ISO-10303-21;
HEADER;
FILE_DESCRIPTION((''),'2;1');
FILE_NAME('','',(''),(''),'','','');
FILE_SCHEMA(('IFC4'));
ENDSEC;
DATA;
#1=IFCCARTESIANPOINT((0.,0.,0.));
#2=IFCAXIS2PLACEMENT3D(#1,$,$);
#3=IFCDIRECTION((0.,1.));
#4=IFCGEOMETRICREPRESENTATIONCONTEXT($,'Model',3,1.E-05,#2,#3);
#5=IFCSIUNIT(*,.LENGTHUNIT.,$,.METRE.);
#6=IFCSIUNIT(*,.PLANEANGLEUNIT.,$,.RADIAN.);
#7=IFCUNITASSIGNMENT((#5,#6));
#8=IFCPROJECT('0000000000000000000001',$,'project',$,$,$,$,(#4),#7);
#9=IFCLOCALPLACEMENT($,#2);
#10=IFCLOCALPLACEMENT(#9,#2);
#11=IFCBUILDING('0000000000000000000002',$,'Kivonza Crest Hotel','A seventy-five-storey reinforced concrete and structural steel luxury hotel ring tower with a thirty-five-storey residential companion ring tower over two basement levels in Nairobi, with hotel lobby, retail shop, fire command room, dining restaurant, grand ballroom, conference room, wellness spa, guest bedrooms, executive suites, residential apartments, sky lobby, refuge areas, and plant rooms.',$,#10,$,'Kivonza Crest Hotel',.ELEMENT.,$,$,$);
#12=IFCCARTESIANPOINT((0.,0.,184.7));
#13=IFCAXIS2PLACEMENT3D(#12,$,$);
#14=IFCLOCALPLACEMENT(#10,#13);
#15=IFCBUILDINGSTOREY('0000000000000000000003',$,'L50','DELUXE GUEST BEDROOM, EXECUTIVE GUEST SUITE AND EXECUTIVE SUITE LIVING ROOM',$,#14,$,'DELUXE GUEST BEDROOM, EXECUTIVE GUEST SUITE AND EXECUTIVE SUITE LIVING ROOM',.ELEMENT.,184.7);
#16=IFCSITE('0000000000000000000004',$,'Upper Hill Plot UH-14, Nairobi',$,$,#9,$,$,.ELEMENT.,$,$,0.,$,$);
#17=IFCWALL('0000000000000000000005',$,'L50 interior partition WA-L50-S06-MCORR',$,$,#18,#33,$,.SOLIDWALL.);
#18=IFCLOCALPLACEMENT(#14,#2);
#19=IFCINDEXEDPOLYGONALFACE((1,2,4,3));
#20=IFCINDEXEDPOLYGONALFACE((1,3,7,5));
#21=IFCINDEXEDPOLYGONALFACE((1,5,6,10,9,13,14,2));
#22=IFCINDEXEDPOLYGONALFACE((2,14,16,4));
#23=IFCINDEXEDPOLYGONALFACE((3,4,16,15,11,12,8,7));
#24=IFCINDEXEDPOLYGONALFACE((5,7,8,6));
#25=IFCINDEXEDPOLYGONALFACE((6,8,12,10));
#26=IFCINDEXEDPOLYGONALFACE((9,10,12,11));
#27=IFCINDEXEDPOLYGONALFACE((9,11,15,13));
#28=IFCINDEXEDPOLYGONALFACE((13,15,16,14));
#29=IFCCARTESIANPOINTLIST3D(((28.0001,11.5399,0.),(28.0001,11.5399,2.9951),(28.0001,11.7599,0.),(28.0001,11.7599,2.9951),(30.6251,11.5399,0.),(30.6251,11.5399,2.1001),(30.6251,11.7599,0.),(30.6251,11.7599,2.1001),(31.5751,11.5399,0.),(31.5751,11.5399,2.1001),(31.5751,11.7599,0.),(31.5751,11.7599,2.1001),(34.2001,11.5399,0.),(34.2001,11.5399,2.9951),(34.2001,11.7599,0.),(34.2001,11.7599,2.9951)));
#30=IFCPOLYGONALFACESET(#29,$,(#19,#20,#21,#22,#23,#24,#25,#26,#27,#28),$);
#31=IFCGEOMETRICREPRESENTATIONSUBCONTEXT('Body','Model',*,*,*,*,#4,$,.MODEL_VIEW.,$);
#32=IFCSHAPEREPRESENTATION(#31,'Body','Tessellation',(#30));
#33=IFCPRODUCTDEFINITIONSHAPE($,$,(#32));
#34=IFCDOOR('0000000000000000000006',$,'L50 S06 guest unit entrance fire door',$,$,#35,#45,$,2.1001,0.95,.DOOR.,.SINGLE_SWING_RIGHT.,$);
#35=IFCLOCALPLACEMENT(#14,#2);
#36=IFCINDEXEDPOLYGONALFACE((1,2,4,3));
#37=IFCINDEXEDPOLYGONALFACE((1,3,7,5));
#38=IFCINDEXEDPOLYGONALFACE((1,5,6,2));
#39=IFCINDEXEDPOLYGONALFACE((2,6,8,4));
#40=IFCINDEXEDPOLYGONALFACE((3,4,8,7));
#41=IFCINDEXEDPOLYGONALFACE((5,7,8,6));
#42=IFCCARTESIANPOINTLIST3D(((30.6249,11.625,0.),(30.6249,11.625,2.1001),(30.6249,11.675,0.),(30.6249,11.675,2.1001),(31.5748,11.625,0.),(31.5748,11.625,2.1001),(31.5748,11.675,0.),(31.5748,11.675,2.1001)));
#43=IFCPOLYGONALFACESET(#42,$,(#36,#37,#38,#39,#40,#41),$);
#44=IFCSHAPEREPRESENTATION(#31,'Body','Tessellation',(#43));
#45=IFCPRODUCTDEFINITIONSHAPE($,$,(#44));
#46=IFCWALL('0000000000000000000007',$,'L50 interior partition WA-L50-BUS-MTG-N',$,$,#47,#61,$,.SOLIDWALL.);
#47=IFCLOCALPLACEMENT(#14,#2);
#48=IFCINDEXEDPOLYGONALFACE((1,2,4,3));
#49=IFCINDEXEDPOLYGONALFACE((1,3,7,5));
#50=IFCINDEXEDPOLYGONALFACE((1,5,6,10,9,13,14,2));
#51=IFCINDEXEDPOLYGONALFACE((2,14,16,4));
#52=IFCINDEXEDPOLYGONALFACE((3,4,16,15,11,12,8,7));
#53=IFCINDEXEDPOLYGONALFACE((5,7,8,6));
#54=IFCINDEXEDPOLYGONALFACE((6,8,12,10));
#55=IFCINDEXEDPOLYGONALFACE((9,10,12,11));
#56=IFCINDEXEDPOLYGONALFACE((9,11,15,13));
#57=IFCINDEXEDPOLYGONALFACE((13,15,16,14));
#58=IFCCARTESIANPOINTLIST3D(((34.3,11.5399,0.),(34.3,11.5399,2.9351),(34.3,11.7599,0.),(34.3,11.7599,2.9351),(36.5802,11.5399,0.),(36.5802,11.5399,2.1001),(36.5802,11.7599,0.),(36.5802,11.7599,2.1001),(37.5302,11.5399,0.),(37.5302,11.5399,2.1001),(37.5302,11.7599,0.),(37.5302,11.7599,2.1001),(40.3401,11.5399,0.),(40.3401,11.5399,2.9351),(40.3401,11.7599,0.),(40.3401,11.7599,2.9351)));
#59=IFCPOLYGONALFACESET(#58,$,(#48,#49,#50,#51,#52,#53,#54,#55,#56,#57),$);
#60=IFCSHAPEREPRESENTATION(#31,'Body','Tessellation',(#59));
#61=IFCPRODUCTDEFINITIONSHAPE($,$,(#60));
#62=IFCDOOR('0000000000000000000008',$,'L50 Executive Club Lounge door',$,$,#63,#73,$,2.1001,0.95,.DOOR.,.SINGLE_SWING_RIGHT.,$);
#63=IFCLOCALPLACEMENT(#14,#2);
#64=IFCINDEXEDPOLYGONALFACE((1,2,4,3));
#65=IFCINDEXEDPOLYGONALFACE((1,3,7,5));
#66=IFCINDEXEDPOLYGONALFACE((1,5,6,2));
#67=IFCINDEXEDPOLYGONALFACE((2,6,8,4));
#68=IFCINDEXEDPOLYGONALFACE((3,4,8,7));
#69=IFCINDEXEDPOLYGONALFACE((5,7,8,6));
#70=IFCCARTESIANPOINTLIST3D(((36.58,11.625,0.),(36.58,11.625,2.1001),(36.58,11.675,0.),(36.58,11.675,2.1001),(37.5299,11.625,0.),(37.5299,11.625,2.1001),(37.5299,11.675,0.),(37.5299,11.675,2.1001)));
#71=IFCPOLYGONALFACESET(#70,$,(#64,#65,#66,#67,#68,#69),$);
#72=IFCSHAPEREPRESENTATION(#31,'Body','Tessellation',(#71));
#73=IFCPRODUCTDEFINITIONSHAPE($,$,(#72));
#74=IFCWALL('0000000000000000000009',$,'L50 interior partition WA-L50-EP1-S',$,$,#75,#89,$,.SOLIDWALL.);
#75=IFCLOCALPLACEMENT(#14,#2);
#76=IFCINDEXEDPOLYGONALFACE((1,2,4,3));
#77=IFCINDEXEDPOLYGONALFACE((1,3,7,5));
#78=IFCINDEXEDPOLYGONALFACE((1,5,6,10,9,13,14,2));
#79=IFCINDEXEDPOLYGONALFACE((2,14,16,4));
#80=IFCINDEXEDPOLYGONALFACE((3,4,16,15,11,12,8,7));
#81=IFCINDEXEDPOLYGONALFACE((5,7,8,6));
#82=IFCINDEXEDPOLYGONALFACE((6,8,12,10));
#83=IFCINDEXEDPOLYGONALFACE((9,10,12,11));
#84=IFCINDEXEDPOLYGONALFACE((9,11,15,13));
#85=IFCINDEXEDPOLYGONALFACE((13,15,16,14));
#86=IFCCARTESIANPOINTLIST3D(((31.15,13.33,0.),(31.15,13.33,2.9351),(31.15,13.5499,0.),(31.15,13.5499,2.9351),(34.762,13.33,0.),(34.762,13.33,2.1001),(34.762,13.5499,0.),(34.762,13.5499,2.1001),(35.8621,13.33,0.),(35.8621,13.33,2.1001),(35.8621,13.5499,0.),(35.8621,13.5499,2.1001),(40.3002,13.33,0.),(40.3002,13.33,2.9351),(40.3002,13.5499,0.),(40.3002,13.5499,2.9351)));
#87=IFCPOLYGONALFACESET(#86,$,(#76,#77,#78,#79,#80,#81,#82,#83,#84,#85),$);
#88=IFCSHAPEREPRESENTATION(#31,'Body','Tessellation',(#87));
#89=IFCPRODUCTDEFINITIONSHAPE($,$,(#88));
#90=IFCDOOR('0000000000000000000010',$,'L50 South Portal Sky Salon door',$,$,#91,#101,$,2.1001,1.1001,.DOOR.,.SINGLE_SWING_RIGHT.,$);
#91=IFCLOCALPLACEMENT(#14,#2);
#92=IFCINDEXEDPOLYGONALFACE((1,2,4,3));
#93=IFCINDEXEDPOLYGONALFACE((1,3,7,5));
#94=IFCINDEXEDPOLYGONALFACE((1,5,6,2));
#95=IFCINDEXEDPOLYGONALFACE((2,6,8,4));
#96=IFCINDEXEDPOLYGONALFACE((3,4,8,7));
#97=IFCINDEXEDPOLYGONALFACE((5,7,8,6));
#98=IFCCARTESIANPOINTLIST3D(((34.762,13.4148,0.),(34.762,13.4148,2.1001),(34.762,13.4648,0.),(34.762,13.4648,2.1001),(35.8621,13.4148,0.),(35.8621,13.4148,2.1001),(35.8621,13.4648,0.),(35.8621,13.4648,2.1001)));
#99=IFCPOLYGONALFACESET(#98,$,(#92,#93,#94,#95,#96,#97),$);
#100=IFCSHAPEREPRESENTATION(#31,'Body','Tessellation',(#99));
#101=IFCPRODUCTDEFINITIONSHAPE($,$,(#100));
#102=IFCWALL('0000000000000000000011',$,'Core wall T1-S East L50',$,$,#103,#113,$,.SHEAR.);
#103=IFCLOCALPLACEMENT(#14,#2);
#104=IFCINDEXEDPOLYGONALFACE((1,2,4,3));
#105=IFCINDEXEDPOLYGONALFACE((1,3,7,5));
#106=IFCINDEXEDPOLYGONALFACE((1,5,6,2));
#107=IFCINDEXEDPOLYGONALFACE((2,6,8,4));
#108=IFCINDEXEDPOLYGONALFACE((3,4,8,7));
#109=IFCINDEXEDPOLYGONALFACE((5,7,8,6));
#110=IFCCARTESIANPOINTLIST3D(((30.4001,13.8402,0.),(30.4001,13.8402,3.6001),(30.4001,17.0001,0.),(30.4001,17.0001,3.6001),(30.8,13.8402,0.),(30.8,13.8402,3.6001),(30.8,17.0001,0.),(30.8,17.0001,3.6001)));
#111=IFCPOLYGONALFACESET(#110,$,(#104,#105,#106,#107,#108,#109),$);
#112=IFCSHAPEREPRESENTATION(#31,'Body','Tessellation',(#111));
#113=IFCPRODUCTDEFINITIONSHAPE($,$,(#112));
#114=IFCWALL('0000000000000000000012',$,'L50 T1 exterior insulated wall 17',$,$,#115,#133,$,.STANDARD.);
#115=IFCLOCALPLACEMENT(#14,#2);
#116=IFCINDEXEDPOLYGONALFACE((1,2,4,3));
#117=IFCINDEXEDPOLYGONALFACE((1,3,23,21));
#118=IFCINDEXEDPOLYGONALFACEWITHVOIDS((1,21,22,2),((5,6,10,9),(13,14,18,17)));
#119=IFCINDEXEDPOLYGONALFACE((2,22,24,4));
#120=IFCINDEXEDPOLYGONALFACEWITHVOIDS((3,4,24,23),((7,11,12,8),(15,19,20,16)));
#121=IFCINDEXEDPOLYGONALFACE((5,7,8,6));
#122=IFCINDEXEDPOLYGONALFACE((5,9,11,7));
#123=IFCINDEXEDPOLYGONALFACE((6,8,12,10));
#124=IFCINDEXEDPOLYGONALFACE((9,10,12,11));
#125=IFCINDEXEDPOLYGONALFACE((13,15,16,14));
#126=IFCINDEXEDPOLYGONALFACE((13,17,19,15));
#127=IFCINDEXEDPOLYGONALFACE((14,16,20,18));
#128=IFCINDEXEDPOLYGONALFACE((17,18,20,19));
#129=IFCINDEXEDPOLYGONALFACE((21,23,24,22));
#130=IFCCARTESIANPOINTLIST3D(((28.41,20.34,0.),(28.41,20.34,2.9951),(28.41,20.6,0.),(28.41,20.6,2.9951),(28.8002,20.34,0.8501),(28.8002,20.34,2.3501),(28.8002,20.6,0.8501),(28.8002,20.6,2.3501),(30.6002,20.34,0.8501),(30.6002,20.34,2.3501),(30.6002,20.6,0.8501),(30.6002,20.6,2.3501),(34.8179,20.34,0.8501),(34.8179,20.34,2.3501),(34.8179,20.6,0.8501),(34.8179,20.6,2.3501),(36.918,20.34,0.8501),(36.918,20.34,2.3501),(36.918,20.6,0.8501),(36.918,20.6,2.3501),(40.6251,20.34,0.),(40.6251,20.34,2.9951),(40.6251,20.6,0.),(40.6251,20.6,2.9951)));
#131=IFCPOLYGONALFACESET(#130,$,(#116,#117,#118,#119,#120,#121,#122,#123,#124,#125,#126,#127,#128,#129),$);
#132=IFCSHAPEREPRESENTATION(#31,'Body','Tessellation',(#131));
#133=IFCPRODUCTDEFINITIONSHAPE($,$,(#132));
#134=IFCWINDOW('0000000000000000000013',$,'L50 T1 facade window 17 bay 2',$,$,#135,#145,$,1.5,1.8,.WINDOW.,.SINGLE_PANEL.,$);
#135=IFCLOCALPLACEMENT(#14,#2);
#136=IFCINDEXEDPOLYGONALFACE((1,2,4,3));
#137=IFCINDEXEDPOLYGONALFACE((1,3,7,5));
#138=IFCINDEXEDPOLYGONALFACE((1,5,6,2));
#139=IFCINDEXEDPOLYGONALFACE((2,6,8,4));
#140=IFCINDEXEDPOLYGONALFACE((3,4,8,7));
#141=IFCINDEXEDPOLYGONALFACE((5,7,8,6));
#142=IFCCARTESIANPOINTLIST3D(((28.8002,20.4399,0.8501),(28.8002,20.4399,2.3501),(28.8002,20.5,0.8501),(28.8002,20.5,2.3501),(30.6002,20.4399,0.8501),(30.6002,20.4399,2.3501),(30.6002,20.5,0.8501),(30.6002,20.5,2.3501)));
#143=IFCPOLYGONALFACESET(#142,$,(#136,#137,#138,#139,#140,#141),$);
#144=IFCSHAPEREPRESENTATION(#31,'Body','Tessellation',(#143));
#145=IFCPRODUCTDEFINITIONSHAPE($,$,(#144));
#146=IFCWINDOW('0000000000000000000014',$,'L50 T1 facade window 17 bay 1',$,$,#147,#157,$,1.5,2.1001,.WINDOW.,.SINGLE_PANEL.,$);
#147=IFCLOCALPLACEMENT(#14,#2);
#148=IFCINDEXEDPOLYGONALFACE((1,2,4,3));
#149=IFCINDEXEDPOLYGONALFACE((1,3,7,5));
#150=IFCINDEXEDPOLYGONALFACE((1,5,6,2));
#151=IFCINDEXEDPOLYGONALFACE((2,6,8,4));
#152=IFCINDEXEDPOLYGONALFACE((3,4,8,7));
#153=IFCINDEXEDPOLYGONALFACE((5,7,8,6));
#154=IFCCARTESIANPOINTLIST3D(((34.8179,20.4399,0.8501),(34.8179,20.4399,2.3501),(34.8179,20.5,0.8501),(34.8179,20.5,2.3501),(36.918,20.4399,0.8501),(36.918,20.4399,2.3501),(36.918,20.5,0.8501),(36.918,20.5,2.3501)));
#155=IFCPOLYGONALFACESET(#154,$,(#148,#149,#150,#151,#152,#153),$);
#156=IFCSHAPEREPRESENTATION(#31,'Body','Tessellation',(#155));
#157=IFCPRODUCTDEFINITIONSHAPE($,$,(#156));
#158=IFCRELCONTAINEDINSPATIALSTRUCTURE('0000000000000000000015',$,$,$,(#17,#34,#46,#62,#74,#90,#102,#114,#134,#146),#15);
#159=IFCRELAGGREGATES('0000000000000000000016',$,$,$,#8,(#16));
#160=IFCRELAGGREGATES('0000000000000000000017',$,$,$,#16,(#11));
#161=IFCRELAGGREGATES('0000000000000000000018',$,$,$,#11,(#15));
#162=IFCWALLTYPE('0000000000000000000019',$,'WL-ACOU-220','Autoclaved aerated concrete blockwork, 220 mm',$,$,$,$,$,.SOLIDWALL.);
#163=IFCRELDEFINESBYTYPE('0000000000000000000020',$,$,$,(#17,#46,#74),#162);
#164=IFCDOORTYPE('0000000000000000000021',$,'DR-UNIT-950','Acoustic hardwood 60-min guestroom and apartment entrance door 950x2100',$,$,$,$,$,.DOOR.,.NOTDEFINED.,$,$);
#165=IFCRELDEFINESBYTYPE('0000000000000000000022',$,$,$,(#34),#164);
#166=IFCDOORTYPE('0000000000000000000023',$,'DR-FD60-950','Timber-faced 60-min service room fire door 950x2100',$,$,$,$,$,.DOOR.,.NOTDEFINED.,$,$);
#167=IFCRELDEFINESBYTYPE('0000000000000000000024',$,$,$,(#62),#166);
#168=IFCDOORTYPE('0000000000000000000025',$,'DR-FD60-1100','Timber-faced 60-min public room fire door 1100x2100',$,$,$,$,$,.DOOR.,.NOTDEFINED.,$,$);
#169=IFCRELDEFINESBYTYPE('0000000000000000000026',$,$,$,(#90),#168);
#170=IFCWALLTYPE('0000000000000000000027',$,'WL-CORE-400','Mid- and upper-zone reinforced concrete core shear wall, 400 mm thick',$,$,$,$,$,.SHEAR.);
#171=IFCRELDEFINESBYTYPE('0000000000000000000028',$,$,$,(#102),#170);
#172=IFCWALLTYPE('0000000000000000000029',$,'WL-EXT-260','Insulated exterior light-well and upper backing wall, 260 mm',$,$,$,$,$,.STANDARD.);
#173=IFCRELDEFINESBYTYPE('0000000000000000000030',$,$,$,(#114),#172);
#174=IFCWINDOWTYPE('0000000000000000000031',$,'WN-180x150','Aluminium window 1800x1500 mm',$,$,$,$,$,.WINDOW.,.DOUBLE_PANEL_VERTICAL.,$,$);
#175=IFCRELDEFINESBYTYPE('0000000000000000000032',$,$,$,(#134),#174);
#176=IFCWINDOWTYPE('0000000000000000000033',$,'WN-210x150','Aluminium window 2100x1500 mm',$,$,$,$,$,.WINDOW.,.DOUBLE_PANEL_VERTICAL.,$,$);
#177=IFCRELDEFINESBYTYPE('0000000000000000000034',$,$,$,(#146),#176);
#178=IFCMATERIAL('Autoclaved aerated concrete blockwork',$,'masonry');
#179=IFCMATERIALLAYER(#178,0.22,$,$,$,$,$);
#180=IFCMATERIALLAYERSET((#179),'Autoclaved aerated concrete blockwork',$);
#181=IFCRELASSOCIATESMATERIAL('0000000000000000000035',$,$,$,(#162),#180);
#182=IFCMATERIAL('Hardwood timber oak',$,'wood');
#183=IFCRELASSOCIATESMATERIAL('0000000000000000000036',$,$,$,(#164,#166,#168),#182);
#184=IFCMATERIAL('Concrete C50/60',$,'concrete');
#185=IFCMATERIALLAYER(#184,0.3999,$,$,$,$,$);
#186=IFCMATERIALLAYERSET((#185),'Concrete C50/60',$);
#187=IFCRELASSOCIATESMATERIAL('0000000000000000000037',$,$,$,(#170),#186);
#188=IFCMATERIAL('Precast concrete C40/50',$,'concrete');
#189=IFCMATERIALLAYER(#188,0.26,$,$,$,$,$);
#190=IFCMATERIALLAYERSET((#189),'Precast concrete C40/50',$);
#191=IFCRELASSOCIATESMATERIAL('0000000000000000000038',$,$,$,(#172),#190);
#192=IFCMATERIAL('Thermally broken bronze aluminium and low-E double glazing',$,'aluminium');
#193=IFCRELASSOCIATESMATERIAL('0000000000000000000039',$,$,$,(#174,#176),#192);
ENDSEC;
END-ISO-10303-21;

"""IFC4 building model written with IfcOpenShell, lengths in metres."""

from ifc_helpers import new_model, si_unit, direction, frame, frame_2d, origin, place, context, subcontext, project, spatial, rectangle, extrude, material, layer, layer_set, type_object, element, fill, save


model = new_model("IFC4")

# Units and contexts
model_context = context("Model", 3, precision=1e-05, world=origin(), true_north=direction((0.0, 1.0)))
body_context = subcontext(model_context, "Body", "Model", "MODEL_VIEW")
ifc_project = project(units=[si_unit("LENGTHUNIT", "METRE"), si_unit("PLANEANGLEUNIT", "RADIAN")], contexts=[model_context])

# Site, building, storey
site_placement = place(None, origin())
site = spatial("IfcSite", under=ifc_project, at=site_placement, Name="Upper Hill Plot UH-14, Nairobi", CompositionType="ELEMENT", RefElevation=0.0)
building_placement = place(site_placement, origin())
building = spatial("IfcBuilding", under=site, at=building_placement, Name="Kivonza Crest Hotel", Description="A seventy-five-storey reinforced concrete and structural steel luxury hotel ring tower with a thirty-five-storey residential companion ring tower over two basement levels in Nairobi, with hotel lobby, retail shop, fire command room, dining restaurant, grand ballroom, conference room, wellness spa, guest bedrooms, executive suites, residential apartments, sky lobby, refuge areas, and plant rooms.", LongName="Kivonza Crest Hotel", CompositionType="ELEMENT")
storey_placement = place(building_placement, frame((0.0, 0.0, 184.7)))
storey = spatial("IfcBuildingStorey", under=building, at=storey_placement, Name="L50", Description="DELUXE GUEST BEDROOM, EXECUTIVE GUEST SUITE AND EXECUTIVE SUITE LIVING ROOM", LongName="DELUXE GUEST BEDROOM, EXECUTIVE GUEST SUITE AND EXECUTIVE SUITE LIVING ROOM", CompositionType="ELEMENT", Elevation=184.7)

# Shared definitions
ifc_material_1 = material(Name="Concrete C50/60", Category="concrete")

# Walls, openings, doors
ifc_material_2 = material(Name="Autoclaved aerated concrete blockwork", Category="masonry")
ifc_layer_1 = layer(ifc_material_2, 0.22)
ifc_layer_set_1 = layer_set([ifc_layer_1], Name="Autoclaved aerated concrete blockwork")
wall_type_1 = type_object("IfcWallType", Name="WL-ACOU-220", Description="Autoclaved aerated concrete blockwork, 220 mm", PredefinedType="SOLIDWALL", material=ifc_layer_set_1)
wall_1_placement = place(storey_placement, frame((28.0, 11.6499, 0.0), z_axis=(0.0, 0.0, 1.0), x_axis=(1.0, 0.0, 0.0)))
wall_1 = element("IfcWall", 1, at=wall_1_placement, inside=storey, type_object=wall_type_1, Name="L50 interior partition WA-L50-S06-MCORR", PredefinedType="SOLIDWALL", context=body_context, shape_type="SweptSolid", body=[
    extrude(rectangle(XDim=6.2, YDim=0.22, at=frame_2d((3.1001, 0.0))), origin(), (0.0, 0.0, 1.0), 2.9951),
])
opening_1_placement = place(wall_1_placement, frame((2.625, 0.0, 0.0)))
opening_1 = element("IfcOpeningElement", 2, at=opening_1_placement, cuts=wall_1, PredefinedType="OPENING", context=body_context, shape_type="SweptSolid", body=[
    extrude(rectangle(XDim=0.95, YDim=2.1001, at=frame_2d((0.4751, 1.05))), frame((0.0, 0.1201, 0.0), z_axis=(0.0, -1.0, 0.0), x_axis=(1.0, 0.0, 0.0)), (0.0, 0.0, 1.0), 0.24),
])
ifc_material_3 = material(Name="Hardwood timber oak", Category="wood")
door_type_1 = type_object("IfcDoorType", Name="DR-UNIT-950", Description="Acoustic hardwood 60-min guestroom and apartment entrance door 950x2100", OperationType="NOTDEFINED", PredefinedType="DOOR", material=ifc_material_3)
door_1_placement = place(opening_1_placement, frame((0.95, 0.0, 0.0), z_axis=(0.0, 0.0, 1.0), x_axis=(-1.0, 0.0, 0.0)))
door_1 = element("IfcDoor", 3, at=door_1_placement, inside=storey, type_object=door_type_1, Name="L50 S06 guest unit entrance fire door", OperationType="SINGLE_SWING_RIGHT", OverallHeight=2.1001, OverallWidth=0.95, PredefinedType="DOOR", context=body_context, shape_type="SweptSolid", body=[
    extrude(rectangle(XDim=0.95, YDim=2.1001, at=frame_2d((0.4751, 1.05))), frame((0.0, 0.0249, 0.0), z_axis=(0.0, -1.0, 0.0), x_axis=(1.0, 0.0, 0.0)), (0.0, 0.0, 1.0), 0.05),
])
fill(opening_1, door_1)
wall_2_placement = place(storey_placement, frame((34.3, 11.6499, 0.0), z_axis=(0.0, 0.0, 1.0), x_axis=(1.0, 0.0, 0.0)))
wall_2 = element("IfcWall", 4, at=wall_2_placement, inside=storey, type_object=wall_type_1, Name="L50 interior partition WA-L50-BUS-MTG-N", PredefinedType="SOLIDWALL", context=body_context, shape_type="SweptSolid", body=[
    extrude(rectangle(XDim=6.04, YDim=0.22, at=frame_2d((3.02, 0.0))), origin(), (0.0, 0.0, 1.0), 2.9351),
])
opening_2_placement = place(wall_2_placement, frame((2.28, 0.0, 0.0)))
opening_2 = element("IfcOpeningElement", 5, at=opening_2_placement, cuts=wall_2, PredefinedType="OPENING", context=body_context, shape_type="SweptSolid", body=[
    extrude(rectangle(XDim=0.95, YDim=2.1001, at=frame_2d((0.4751, 1.05))), frame((0.0, 0.1201, 0.0), z_axis=(0.0, -1.0, 0.0), x_axis=(1.0, 0.0, 0.0)), (0.0, 0.0, 1.0), 0.24),
])
door_type_2 = type_object("IfcDoorType", Name="DR-FD60-950", Description="Timber-faced 60-min service room fire door 950x2100", OperationType="NOTDEFINED", PredefinedType="DOOR", material=ifc_material_3)
door_2_placement = place(opening_2_placement, frame((0.95, 0.0, 0.0), z_axis=(0.0, 0.0, 1.0), x_axis=(-1.0, 0.0, 0.0)))
door_2 = element("IfcDoor", 6, at=door_2_placement, inside=storey, type_object=door_type_2, Name="L50 Executive Club Lounge door", OperationType="SINGLE_SWING_RIGHT", OverallHeight=2.1001, OverallWidth=0.95, PredefinedType="DOOR", context=body_context, shape_type="SweptSolid", body=[
    extrude(rectangle(XDim=0.95, YDim=2.1001, at=frame_2d((0.4751, 1.05))), frame((0.0, 0.0249, 0.0), z_axis=(0.0, -1.0, 0.0), x_axis=(1.0, 0.0, 0.0)), (0.0, 0.0, 1.0), 0.05),
])
fill(opening_2, door_2)
wall_3_placement = place(storey_placement, frame((31.1499, 13.4399, 0.0), z_axis=(0.0, 0.0, 1.0), x_axis=(1.0, 0.0, 0.0)))
wall_3 = element("IfcWall", 7, at=wall_3_placement, inside=storey, type_object=wall_type_1, Name="L50 interior partition WA-L50-EP1-S", PredefinedType="SOLIDWALL", context=body_context, shape_type="SweptSolid", body=[
    extrude(rectangle(XDim=9.1501, YDim=0.22, at=frame_2d((4.5752, 0.0))), origin(), (0.0, 0.0, 1.0), 2.9351),
])
opening_3_placement = place(wall_3_placement, frame((3.6121, 0.0, 0.0)))
opening_3 = element("IfcOpeningElement", 8, at=opening_3_placement, cuts=wall_3, PredefinedType="OPENING", context=body_context, shape_type="SweptSolid", body=[
    extrude(rectangle(XDim=1.1001, YDim=2.1001, at=frame_2d((0.55, 1.05))), frame((0.0, 0.1201, 0.0), z_axis=(0.0, -1.0, 0.0), x_axis=(1.0, 0.0, 0.0)), (0.0, 0.0, 1.0), 0.24),
])
door_type_3 = type_object("IfcDoorType", Name="DR-FD60-1100", Description="Timber-faced 60-min public room fire door 1100x2100", OperationType="NOTDEFINED", PredefinedType="DOOR", material=ifc_material_3)
door_3_placement = place(opening_3_placement, origin())
door_3 = element("IfcDoor", 9, at=door_3_placement, inside=storey, type_object=door_type_3, Name="L50 South Portal Sky Salon door", OperationType="SINGLE_SWING_RIGHT", OverallHeight=2.1001, OverallWidth=1.1001, PredefinedType="DOOR", context=body_context, shape_type="SweptSolid", body=[
    extrude(rectangle(XDim=1.1001, YDim=2.1001, at=frame_2d((0.55, 1.05))), frame((0.0, 0.0249, 0.0), z_axis=(0.0, -1.0, 0.0), x_axis=(1.0, 0.0, 0.0)), (0.0, 0.0, 1.0), 0.05),
])
fill(opening_3, door_3)

# Wall
ifc_layer_2 = layer(ifc_material_1, 0.3999)
ifc_layer_set_2 = layer_set([ifc_layer_2], Name="Concrete C50/60")
wall_type_2 = type_object("IfcWallType", Name="WL-CORE-400", Description="Mid- and upper-zone reinforced concrete core shear wall, 400 mm thick", PredefinedType="SHEAR", material=ifc_layer_set_2)
wall_4_placement = place(storey_placement, frame((30.6001, 13.8401, 0.0), z_axis=(0.0, 0.0, 1.0), x_axis=(0.0, 1.0, 0.0)))
element("IfcWall", 10, at=wall_4_placement, inside=storey, type_object=wall_type_2, Name="Core wall T1-S East L50", PredefinedType="SHEAR", context=body_context, shape_type="SweptSolid", body=[
    extrude(rectangle(XDim=3.1599, YDim=0.3999, at=frame_2d((1.5801, 0.0))), origin(), (0.0, 0.0, 1.0), 3.6001),
])

# Wall, openings, windows
ifc_material_4 = material(Name="Precast concrete C40/50", Category="concrete")
ifc_layer_3 = layer(ifc_material_4, 0.26)
ifc_layer_set_3 = layer_set([ifc_layer_3], Name="Precast concrete C40/50")
wall_type_3 = type_object("IfcWallType", Name="WL-EXT-260", Description="Insulated exterior light-well and upper backing wall, 260 mm", PredefinedType="STANDARD", material=ifc_layer_set_3)
wall_5_placement = place(storey_placement, frame((40.625, 20.47, 0.0), z_axis=(0.0, 0.0, 1.0), x_axis=(-1.0, 0.0, 0.0)))
wall_5 = element("IfcWall", 11, at=wall_5_placement, inside=storey, type_object=wall_type_3, Name="L50 T1 exterior insulated wall 17", PredefinedType="STANDARD", context=body_context, shape_type="SweptSolid", body=[
    extrude(rectangle(XDim=12.2151, YDim=0.26, at=frame_2d((6.1074, 0.0))), origin(), (0.0, 0.0, 1.0), 2.9951),
])
opening_4_placement = place(wall_5_placement, frame((3.707, 0.0, 0.8501)))
opening_4 = element("IfcOpeningElement", 12, at=opening_4_placement, cuts=wall_5, PredefinedType="OPENING", context=body_context, shape_type="SweptSolid", body=[
    extrude(rectangle(XDim=2.1001, YDim=1.5, at=frame_2d((1.05, 0.75))), frame((0.0, 0.1401, 0.0), z_axis=(0.0, -1.0, 0.0), x_axis=(1.0, 0.0, 0.0)), (0.0, 0.0, 1.0), 0.28),
])
opening_5_placement = place(wall_5_placement, frame((10.0249, 0.0, 0.8501)))
opening_5 = element("IfcOpeningElement", 13, at=opening_5_placement, cuts=wall_5, PredefinedType="OPENING", context=body_context, shape_type="SweptSolid", body=[
    extrude(rectangle(XDim=1.8, YDim=1.5, at=frame_2d((0.8999, 0.75))), frame((0.0, 0.1401, 0.0), z_axis=(0.0, -1.0, 0.0), x_axis=(1.0, 0.0, 0.0)), (0.0, 0.0, 1.0), 0.28),
])
ifc_material_5 = material(Name="Thermally broken bronze aluminium and low-E double glazing", Category="aluminium")
window_type_1 = type_object("IfcWindowType", Name="WN-180x150", Description="Aluminium window 1800x1500 mm", PartitioningType="DOUBLE_PANEL_VERTICAL", PredefinedType="WINDOW", material=ifc_material_5)
window_1_placement = place(opening_5_placement, origin())
window_1 = element("IfcWindow", 14, at=window_1_placement, inside=storey, type_object=window_type_1, Name="L50 T1 facade window 17 bay 2", OverallHeight=1.5, OverallWidth=1.8, PartitioningType="SINGLE_PANEL", PredefinedType="WINDOW", context=body_context, shape_type="SweptSolid", body=[
    extrude(rectangle(XDim=1.8, YDim=1.5, at=frame_2d((0.8999, 0.75))), frame((0.0, 0.03, 0.0), z_axis=(0.0, -1.0, 0.0), x_axis=(1.0, 0.0, 0.0)), (0.0, 0.0, 1.0), 0.0601),
])
fill(opening_5, window_1)
window_type_2 = type_object("IfcWindowType", Name="WN-210x150", Description="Aluminium window 2100x1500 mm", PartitioningType="DOUBLE_PANEL_VERTICAL", PredefinedType="WINDOW", material=ifc_material_5)
window_2_placement = place(opening_4_placement, origin())
window_2 = element("IfcWindow", 15, at=window_2_placement, inside=storey, type_object=window_type_2, Name="L50 T1 facade window 17 bay 1", OverallHeight=1.5, OverallWidth=2.1001, PartitioningType="SINGLE_PANEL", PredefinedType="WINDOW", context=body_context, shape_type="SweptSolid", body=[
    extrude(rectangle(XDim=2.1001, YDim=1.5, at=frame_2d((1.05, 0.75))), frame((0.0, 0.03, 0.0), z_axis=(0.0, -1.0, 0.0), x_axis=(1.0, 0.0, 0.0)), (0.0, 0.0, 1.0), 0.0601),
])
fill(opening_4, window_2)

save(model, "model.ifc")
